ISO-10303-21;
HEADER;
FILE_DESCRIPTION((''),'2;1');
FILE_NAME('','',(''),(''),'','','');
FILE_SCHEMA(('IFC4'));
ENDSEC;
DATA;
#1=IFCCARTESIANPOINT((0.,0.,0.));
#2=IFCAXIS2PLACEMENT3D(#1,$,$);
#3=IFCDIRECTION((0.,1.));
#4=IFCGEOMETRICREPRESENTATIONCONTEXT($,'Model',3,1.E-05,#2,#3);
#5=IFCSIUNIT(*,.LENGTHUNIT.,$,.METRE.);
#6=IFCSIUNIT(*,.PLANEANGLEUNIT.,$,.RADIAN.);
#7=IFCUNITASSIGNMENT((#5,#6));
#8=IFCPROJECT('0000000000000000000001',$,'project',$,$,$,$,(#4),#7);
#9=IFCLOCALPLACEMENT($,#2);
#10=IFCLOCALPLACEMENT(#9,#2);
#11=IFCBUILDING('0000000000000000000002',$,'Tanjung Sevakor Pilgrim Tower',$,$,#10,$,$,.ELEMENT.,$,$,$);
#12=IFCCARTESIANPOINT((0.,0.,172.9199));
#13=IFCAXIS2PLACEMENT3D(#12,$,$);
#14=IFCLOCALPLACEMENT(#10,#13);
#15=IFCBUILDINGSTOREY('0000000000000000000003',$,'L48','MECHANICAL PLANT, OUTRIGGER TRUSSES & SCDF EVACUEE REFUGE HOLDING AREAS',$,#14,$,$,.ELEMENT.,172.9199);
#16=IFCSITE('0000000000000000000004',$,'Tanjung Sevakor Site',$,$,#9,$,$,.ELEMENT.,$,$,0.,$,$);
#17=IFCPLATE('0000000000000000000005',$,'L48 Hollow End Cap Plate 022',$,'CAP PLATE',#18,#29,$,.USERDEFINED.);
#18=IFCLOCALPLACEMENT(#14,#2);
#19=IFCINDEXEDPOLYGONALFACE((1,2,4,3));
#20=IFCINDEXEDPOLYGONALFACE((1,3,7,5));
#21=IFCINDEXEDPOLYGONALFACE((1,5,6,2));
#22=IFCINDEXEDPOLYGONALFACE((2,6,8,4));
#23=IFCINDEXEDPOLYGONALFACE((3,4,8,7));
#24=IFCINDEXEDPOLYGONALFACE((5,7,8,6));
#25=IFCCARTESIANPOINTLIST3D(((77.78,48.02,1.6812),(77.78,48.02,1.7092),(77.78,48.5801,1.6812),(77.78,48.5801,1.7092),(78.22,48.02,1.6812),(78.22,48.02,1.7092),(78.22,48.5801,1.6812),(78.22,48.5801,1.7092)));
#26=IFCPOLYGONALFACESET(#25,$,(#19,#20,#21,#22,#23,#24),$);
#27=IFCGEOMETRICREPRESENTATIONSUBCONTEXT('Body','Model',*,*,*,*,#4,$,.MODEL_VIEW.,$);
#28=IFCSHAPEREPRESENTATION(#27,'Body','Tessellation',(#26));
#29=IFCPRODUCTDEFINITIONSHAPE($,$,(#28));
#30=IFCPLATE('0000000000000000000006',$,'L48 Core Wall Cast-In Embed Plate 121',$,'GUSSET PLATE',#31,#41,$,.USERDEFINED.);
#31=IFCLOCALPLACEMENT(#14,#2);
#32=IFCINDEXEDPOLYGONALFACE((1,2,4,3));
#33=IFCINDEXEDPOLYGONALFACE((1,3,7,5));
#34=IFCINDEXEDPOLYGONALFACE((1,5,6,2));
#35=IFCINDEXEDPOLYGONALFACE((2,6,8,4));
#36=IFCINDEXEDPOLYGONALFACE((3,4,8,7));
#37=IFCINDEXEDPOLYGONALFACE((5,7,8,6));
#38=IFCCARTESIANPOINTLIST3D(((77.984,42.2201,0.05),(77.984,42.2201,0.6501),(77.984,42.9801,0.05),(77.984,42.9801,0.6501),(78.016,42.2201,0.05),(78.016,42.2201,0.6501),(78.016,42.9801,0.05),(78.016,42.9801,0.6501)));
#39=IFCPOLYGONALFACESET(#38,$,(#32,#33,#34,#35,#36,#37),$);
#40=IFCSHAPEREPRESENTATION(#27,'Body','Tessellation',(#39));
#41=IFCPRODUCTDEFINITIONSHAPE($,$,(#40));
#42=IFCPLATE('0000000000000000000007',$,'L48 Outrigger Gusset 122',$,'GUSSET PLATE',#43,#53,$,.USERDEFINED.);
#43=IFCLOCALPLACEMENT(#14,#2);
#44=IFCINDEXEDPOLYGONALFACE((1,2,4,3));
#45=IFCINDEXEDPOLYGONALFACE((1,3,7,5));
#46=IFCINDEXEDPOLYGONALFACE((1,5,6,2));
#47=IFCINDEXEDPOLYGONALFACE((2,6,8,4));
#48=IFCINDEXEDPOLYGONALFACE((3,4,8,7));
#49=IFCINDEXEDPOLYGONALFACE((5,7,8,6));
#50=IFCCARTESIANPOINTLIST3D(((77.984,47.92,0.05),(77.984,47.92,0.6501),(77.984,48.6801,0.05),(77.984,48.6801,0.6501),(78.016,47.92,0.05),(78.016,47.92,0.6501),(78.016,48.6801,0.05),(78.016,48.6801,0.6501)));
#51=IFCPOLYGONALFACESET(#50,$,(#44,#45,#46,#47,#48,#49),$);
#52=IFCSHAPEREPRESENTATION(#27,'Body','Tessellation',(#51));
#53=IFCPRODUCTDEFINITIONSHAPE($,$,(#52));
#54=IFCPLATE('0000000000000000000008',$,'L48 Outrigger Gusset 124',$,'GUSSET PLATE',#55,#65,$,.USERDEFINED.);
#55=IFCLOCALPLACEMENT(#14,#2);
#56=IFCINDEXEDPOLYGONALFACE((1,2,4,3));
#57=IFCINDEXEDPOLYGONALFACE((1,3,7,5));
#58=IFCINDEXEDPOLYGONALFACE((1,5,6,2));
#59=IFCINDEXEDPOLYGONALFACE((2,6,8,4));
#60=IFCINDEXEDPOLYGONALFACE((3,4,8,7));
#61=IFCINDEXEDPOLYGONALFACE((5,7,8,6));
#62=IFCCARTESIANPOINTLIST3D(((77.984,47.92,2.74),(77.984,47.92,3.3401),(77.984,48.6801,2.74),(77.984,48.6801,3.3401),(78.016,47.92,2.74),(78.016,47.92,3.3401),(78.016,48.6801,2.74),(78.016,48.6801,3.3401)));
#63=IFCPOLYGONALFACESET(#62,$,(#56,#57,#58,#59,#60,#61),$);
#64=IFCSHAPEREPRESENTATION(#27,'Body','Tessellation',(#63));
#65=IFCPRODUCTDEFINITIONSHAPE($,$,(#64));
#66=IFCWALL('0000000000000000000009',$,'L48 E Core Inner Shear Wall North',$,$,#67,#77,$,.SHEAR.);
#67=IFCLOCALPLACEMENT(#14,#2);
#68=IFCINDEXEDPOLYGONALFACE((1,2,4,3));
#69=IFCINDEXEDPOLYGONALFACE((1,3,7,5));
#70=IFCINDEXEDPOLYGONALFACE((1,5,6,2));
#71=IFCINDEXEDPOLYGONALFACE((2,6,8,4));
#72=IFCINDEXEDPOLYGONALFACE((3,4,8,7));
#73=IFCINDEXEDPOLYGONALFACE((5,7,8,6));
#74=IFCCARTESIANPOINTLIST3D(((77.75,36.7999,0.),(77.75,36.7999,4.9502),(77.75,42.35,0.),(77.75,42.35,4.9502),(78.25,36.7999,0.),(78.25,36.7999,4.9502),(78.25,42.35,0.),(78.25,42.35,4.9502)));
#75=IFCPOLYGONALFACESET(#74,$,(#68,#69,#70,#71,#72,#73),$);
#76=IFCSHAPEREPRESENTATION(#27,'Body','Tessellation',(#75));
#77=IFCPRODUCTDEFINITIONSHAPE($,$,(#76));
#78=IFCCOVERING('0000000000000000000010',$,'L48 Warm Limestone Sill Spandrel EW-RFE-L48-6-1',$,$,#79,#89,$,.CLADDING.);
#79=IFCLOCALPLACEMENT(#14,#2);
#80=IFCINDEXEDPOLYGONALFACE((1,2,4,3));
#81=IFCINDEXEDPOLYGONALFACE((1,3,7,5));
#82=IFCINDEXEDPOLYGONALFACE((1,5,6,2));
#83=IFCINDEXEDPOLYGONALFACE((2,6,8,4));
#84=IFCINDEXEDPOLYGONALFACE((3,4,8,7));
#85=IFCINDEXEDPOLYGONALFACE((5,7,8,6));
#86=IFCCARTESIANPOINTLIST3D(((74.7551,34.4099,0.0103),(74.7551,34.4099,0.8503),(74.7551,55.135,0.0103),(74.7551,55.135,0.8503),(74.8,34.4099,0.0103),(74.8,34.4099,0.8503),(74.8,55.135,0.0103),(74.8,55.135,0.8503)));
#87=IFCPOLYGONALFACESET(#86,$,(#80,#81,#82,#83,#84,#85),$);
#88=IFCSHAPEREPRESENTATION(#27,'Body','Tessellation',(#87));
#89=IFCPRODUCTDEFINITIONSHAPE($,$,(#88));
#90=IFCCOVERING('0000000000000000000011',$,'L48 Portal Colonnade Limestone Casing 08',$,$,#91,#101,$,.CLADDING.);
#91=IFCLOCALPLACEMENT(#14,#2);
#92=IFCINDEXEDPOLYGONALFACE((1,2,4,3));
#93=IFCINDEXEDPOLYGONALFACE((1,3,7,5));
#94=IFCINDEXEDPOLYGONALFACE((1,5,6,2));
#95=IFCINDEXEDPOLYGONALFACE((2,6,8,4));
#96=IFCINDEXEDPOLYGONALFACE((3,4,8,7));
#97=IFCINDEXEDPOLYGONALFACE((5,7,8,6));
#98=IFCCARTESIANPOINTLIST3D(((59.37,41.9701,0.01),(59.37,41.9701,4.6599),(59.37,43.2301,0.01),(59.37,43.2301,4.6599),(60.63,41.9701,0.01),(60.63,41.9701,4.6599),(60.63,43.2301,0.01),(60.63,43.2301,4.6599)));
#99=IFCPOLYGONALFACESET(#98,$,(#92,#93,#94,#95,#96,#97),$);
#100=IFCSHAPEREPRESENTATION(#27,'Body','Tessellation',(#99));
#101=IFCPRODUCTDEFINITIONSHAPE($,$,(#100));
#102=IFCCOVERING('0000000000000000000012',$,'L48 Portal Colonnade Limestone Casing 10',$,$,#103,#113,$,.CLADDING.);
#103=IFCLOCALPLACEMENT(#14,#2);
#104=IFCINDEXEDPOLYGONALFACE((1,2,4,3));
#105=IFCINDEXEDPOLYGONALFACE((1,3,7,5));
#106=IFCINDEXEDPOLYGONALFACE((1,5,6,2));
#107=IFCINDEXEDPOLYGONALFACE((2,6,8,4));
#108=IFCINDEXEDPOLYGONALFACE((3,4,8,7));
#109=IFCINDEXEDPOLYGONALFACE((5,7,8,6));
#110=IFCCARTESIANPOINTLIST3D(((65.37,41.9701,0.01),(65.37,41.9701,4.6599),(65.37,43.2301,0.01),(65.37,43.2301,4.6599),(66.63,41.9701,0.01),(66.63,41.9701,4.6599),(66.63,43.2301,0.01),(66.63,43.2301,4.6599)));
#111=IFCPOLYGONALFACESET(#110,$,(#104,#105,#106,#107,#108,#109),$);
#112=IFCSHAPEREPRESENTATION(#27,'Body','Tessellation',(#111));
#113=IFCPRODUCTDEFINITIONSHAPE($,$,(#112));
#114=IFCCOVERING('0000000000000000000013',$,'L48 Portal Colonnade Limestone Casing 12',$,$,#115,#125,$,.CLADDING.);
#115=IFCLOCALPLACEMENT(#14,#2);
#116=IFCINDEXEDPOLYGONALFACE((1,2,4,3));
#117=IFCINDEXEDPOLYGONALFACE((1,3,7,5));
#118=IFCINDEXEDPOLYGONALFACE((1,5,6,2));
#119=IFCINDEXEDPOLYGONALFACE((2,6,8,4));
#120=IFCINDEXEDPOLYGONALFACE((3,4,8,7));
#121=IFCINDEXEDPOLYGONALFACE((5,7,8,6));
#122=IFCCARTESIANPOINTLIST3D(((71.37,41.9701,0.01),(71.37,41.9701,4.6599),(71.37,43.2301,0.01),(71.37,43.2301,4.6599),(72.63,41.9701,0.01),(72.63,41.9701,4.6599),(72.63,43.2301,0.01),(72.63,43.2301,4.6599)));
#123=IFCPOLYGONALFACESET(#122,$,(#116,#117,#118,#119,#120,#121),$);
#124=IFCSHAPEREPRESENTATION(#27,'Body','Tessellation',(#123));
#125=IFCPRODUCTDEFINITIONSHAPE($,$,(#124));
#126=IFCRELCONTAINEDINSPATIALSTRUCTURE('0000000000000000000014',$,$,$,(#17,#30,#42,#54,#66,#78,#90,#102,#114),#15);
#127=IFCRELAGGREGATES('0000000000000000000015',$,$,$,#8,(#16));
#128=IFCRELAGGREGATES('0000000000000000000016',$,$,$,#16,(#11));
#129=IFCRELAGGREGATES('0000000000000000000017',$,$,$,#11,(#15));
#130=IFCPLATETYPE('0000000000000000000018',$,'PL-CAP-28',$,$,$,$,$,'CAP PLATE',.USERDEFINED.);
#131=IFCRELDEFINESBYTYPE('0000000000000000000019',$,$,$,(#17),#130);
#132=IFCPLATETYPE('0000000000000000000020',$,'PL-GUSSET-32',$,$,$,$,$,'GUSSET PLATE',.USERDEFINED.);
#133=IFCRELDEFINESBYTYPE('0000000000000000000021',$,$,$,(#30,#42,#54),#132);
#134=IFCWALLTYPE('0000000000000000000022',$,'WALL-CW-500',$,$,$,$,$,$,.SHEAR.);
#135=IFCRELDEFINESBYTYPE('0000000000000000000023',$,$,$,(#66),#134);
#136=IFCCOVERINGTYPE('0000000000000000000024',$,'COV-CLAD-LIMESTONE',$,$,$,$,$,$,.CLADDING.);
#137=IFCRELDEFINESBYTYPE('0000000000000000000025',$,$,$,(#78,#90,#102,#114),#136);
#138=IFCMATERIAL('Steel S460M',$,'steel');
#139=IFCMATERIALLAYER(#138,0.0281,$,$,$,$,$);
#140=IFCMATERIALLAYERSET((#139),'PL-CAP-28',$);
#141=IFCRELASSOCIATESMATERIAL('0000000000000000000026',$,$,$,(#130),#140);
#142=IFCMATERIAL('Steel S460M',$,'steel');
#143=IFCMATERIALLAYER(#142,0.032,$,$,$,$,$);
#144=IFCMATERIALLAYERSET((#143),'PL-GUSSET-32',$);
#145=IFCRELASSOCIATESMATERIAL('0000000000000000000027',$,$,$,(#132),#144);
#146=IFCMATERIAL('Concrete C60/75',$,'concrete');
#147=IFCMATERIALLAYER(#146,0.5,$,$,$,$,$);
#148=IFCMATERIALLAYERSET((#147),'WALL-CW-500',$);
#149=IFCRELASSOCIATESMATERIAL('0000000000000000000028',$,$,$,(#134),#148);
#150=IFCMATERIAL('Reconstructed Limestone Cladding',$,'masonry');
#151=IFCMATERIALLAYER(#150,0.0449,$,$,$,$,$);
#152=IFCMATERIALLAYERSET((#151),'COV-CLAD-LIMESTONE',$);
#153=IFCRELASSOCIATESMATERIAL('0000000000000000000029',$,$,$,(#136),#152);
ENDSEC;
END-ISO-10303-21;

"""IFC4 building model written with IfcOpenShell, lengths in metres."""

from ifc_helpers import new_model, si_unit, direction, frame, frame_2d, origin, origin_2d, place, context, subcontext, project, spatial, rectangle, extrude, material, layer, layer_set, type_object, element, save


model = new_model("IFC4")

# Units and contexts
model_context = context("Model", 3, precision=1e-05, world=origin(), true_north=direction((0.0, 1.0)))
body_context = subcontext(model_context, "Body", "Model", "MODEL_VIEW")
ifc_project = project(units=[si_unit("LENGTHUNIT", "METRE"), si_unit("PLANEANGLEUNIT", "RADIAN")], contexts=[model_context])

# Site, building, storey
site_placement = place(None, origin())
site = spatial("IfcSite", under=ifc_project, at=site_placement, Name="Tanjung Sevakor Site", CompositionType="ELEMENT", RefElevation=0.0)
building_placement = place(site_placement, origin())
building = spatial("IfcBuilding", under=site, at=building_placement, Name="Tanjung Sevakor Pilgrim Tower", CompositionType="ELEMENT")
storey_placement = place(building_placement, frame((0.0, 0.0, 172.9199)))
storey = spatial("IfcBuildingStorey", under=building, at=storey_placement, Name="L48", Description="MECHANICAL PLANT, OUTRIGGER TRUSSES & SCDF EVACUEE REFUGE HOLDING AREAS", CompositionType="ELEMENT", Elevation=172.9199)

# Plates
ifc_material_1 = material(Name="Steel S460M", Category="steel")
ifc_layer_1 = layer(ifc_material_1, 0.0281)
ifc_layer_set_1 = layer_set([ifc_layer_1], Name="PL-CAP-28")
plate_type_1 = type_object("IfcPlateType", Name="PL-CAP-28", ElementType="CAP PLATE", PredefinedType="USERDEFINED", material=ifc_layer_set_1)
plate_placement = place(storey_placement, frame((78.0, 48.3, 1.6812), z_axis=(0.0, 0.0, 1.0), x_axis=(1.0, 0.0, 0.0)))
element("IfcPlate", 1, at=plate_placement, inside=storey, type_object=plate_type_1, Name="L48 Hollow End Cap Plate 022", ObjectType="CAP PLATE", PredefinedType="USERDEFINED", context=body_context, shape_type="SweptSolid", body=[
    extrude(rectangle(XDim=0.4399, YDim=0.5601, at=origin_2d()), origin(), (0.0, 0.0, 1.0), 0.0281),
])
ifc_material_2 = material(Name="Steel S460M", Category="steel")
ifc_layer_2 = layer(ifc_material_2, 0.032)
ifc_layer_set_2 = layer_set([ifc_layer_2], Name="PL-GUSSET-32")
plate_type_2 = type_object("IfcPlateType", Name="PL-GUSSET-32", ElementType="GUSSET PLATE", PredefinedType="USERDEFINED", material=ifc_layer_set_2)
for number, where, z_axis, x_axis, name in (
    (2, (78.0, 42.6001, 0.05), (0.0, 0.0, 1.0), (1.0, 0.0, 0.0), "L48 Core Wall Cast-In Embed Plate 121"),
    (3, (78.0, 48.3, 0.05), (0.0, 0.0, 1.0), (1.0, 0.0, 0.0), "L48 Outrigger Gusset 122"),
    (4, (78.0, 48.3, 2.74), (0.0, 0.0, 1.0), (1.0, 0.0, 0.0), "L48 Outrigger Gusset 124"),
):
    element("IfcPlate", number, at=place(storey_placement, frame(where, z_axis=z_axis, x_axis=x_axis)), inside=storey, type_object=plate_type_2, Name=name, ObjectType="GUSSET PLATE", PredefinedType="USERDEFINED", context=body_context, shape_type="SweptSolid", body=[
        extrude(rectangle(XDim=0.032, YDim=0.76, at=origin_2d()), origin(), (0.0, 0.0, 1.0), 0.6001),
    ])

# Wall
ifc_material_3 = material(Name="Concrete C60/75", Category="concrete")
ifc_layer_3 = layer(ifc_material_3, 0.5)
ifc_layer_set_3 = layer_set([ifc_layer_3], Name="WALL-CW-500")
wall_type = type_object("IfcWallType", Name="WALL-CW-500", PredefinedType="SHEAR", material=ifc_layer_set_3)
wall_placement = place(storey_placement, frame((78.0, 36.8, 0.0), z_axis=(0.0, 0.0, 1.0), x_axis=(0.0, 1.0, 0.0)))
element("IfcWall", 5, at=wall_placement, inside=storey, type_object=wall_type, Name="L48 E Core Inner Shear Wall North", PredefinedType="SHEAR", context=body_context, shape_type="SweptSolid", body=[
    extrude(rectangle(XDim=5.55, YDim=0.5, at=frame_2d((2.7749, 0.0))), origin(), (0.0, 0.0, 1.0), 4.9502),
])

# Coverings
ifc_material_4 = material(Name="Reconstructed Limestone Cladding", Category="masonry")
ifc_layer_4 = layer(ifc_material_4, 0.0449)
ifc_layer_set_4 = layer_set([ifc_layer_4], Name="COV-CLAD-LIMESTONE")
covering_type = type_object("IfcCoveringType", Name="COV-CLAD-LIMESTONE", PredefinedType="CLADDING", material=ifc_layer_set_4)
covering_placement = place(storey_placement, frame((74.7776, 44.7725, 0.0103), z_axis=(0.0, 0.0, 1.0), x_axis=(0.0, -1.0, 0.0)))
element("IfcCovering", 6, at=covering_placement, inside=storey, type_object=covering_type, Name="L48 Warm Limestone Sill Spandrel EW-RFE-L48-6-1", PredefinedType="CLADDING", context=body_context, shape_type="SweptSolid", body=[
    extrude(rectangle(XDim=20.7251, YDim=0.0449, at=origin_2d()), origin(), (0.0, 0.0, 1.0), 0.8401),
])
for number, where, z_axis, x_axis, name in (
    (7, (60.0, 42.6001, 0.01), (0.0, 0.0, 1.0), (1.0, 0.0, 0.0), "L48 Portal Colonnade Limestone Casing 08"),
    (8, (66.0, 42.6001, 0.01), (0.0, 0.0, 1.0), (1.0, 0.0, 0.0), "L48 Portal Colonnade Limestone Casing 10"),
    (9, (72.0, 42.6001, 0.01), (0.0, 0.0, 1.0), (1.0, 0.0, 0.0), "L48 Portal Colonnade Limestone Casing 12"),
):
    element("IfcCovering", number, at=place(storey_placement, frame(where, z_axis=z_axis, x_axis=x_axis)), inside=storey, type_object=covering_type, Name=name, PredefinedType="CLADDING", context=body_context, shape_type="SweptSolid", body=[
        extrude(rectangle(XDim=1.26, YDim=1.26, at=origin_2d()), origin(), (0.0, 0.0, 1.0), 4.6499),
    ])

save(model, "model.ifc")
